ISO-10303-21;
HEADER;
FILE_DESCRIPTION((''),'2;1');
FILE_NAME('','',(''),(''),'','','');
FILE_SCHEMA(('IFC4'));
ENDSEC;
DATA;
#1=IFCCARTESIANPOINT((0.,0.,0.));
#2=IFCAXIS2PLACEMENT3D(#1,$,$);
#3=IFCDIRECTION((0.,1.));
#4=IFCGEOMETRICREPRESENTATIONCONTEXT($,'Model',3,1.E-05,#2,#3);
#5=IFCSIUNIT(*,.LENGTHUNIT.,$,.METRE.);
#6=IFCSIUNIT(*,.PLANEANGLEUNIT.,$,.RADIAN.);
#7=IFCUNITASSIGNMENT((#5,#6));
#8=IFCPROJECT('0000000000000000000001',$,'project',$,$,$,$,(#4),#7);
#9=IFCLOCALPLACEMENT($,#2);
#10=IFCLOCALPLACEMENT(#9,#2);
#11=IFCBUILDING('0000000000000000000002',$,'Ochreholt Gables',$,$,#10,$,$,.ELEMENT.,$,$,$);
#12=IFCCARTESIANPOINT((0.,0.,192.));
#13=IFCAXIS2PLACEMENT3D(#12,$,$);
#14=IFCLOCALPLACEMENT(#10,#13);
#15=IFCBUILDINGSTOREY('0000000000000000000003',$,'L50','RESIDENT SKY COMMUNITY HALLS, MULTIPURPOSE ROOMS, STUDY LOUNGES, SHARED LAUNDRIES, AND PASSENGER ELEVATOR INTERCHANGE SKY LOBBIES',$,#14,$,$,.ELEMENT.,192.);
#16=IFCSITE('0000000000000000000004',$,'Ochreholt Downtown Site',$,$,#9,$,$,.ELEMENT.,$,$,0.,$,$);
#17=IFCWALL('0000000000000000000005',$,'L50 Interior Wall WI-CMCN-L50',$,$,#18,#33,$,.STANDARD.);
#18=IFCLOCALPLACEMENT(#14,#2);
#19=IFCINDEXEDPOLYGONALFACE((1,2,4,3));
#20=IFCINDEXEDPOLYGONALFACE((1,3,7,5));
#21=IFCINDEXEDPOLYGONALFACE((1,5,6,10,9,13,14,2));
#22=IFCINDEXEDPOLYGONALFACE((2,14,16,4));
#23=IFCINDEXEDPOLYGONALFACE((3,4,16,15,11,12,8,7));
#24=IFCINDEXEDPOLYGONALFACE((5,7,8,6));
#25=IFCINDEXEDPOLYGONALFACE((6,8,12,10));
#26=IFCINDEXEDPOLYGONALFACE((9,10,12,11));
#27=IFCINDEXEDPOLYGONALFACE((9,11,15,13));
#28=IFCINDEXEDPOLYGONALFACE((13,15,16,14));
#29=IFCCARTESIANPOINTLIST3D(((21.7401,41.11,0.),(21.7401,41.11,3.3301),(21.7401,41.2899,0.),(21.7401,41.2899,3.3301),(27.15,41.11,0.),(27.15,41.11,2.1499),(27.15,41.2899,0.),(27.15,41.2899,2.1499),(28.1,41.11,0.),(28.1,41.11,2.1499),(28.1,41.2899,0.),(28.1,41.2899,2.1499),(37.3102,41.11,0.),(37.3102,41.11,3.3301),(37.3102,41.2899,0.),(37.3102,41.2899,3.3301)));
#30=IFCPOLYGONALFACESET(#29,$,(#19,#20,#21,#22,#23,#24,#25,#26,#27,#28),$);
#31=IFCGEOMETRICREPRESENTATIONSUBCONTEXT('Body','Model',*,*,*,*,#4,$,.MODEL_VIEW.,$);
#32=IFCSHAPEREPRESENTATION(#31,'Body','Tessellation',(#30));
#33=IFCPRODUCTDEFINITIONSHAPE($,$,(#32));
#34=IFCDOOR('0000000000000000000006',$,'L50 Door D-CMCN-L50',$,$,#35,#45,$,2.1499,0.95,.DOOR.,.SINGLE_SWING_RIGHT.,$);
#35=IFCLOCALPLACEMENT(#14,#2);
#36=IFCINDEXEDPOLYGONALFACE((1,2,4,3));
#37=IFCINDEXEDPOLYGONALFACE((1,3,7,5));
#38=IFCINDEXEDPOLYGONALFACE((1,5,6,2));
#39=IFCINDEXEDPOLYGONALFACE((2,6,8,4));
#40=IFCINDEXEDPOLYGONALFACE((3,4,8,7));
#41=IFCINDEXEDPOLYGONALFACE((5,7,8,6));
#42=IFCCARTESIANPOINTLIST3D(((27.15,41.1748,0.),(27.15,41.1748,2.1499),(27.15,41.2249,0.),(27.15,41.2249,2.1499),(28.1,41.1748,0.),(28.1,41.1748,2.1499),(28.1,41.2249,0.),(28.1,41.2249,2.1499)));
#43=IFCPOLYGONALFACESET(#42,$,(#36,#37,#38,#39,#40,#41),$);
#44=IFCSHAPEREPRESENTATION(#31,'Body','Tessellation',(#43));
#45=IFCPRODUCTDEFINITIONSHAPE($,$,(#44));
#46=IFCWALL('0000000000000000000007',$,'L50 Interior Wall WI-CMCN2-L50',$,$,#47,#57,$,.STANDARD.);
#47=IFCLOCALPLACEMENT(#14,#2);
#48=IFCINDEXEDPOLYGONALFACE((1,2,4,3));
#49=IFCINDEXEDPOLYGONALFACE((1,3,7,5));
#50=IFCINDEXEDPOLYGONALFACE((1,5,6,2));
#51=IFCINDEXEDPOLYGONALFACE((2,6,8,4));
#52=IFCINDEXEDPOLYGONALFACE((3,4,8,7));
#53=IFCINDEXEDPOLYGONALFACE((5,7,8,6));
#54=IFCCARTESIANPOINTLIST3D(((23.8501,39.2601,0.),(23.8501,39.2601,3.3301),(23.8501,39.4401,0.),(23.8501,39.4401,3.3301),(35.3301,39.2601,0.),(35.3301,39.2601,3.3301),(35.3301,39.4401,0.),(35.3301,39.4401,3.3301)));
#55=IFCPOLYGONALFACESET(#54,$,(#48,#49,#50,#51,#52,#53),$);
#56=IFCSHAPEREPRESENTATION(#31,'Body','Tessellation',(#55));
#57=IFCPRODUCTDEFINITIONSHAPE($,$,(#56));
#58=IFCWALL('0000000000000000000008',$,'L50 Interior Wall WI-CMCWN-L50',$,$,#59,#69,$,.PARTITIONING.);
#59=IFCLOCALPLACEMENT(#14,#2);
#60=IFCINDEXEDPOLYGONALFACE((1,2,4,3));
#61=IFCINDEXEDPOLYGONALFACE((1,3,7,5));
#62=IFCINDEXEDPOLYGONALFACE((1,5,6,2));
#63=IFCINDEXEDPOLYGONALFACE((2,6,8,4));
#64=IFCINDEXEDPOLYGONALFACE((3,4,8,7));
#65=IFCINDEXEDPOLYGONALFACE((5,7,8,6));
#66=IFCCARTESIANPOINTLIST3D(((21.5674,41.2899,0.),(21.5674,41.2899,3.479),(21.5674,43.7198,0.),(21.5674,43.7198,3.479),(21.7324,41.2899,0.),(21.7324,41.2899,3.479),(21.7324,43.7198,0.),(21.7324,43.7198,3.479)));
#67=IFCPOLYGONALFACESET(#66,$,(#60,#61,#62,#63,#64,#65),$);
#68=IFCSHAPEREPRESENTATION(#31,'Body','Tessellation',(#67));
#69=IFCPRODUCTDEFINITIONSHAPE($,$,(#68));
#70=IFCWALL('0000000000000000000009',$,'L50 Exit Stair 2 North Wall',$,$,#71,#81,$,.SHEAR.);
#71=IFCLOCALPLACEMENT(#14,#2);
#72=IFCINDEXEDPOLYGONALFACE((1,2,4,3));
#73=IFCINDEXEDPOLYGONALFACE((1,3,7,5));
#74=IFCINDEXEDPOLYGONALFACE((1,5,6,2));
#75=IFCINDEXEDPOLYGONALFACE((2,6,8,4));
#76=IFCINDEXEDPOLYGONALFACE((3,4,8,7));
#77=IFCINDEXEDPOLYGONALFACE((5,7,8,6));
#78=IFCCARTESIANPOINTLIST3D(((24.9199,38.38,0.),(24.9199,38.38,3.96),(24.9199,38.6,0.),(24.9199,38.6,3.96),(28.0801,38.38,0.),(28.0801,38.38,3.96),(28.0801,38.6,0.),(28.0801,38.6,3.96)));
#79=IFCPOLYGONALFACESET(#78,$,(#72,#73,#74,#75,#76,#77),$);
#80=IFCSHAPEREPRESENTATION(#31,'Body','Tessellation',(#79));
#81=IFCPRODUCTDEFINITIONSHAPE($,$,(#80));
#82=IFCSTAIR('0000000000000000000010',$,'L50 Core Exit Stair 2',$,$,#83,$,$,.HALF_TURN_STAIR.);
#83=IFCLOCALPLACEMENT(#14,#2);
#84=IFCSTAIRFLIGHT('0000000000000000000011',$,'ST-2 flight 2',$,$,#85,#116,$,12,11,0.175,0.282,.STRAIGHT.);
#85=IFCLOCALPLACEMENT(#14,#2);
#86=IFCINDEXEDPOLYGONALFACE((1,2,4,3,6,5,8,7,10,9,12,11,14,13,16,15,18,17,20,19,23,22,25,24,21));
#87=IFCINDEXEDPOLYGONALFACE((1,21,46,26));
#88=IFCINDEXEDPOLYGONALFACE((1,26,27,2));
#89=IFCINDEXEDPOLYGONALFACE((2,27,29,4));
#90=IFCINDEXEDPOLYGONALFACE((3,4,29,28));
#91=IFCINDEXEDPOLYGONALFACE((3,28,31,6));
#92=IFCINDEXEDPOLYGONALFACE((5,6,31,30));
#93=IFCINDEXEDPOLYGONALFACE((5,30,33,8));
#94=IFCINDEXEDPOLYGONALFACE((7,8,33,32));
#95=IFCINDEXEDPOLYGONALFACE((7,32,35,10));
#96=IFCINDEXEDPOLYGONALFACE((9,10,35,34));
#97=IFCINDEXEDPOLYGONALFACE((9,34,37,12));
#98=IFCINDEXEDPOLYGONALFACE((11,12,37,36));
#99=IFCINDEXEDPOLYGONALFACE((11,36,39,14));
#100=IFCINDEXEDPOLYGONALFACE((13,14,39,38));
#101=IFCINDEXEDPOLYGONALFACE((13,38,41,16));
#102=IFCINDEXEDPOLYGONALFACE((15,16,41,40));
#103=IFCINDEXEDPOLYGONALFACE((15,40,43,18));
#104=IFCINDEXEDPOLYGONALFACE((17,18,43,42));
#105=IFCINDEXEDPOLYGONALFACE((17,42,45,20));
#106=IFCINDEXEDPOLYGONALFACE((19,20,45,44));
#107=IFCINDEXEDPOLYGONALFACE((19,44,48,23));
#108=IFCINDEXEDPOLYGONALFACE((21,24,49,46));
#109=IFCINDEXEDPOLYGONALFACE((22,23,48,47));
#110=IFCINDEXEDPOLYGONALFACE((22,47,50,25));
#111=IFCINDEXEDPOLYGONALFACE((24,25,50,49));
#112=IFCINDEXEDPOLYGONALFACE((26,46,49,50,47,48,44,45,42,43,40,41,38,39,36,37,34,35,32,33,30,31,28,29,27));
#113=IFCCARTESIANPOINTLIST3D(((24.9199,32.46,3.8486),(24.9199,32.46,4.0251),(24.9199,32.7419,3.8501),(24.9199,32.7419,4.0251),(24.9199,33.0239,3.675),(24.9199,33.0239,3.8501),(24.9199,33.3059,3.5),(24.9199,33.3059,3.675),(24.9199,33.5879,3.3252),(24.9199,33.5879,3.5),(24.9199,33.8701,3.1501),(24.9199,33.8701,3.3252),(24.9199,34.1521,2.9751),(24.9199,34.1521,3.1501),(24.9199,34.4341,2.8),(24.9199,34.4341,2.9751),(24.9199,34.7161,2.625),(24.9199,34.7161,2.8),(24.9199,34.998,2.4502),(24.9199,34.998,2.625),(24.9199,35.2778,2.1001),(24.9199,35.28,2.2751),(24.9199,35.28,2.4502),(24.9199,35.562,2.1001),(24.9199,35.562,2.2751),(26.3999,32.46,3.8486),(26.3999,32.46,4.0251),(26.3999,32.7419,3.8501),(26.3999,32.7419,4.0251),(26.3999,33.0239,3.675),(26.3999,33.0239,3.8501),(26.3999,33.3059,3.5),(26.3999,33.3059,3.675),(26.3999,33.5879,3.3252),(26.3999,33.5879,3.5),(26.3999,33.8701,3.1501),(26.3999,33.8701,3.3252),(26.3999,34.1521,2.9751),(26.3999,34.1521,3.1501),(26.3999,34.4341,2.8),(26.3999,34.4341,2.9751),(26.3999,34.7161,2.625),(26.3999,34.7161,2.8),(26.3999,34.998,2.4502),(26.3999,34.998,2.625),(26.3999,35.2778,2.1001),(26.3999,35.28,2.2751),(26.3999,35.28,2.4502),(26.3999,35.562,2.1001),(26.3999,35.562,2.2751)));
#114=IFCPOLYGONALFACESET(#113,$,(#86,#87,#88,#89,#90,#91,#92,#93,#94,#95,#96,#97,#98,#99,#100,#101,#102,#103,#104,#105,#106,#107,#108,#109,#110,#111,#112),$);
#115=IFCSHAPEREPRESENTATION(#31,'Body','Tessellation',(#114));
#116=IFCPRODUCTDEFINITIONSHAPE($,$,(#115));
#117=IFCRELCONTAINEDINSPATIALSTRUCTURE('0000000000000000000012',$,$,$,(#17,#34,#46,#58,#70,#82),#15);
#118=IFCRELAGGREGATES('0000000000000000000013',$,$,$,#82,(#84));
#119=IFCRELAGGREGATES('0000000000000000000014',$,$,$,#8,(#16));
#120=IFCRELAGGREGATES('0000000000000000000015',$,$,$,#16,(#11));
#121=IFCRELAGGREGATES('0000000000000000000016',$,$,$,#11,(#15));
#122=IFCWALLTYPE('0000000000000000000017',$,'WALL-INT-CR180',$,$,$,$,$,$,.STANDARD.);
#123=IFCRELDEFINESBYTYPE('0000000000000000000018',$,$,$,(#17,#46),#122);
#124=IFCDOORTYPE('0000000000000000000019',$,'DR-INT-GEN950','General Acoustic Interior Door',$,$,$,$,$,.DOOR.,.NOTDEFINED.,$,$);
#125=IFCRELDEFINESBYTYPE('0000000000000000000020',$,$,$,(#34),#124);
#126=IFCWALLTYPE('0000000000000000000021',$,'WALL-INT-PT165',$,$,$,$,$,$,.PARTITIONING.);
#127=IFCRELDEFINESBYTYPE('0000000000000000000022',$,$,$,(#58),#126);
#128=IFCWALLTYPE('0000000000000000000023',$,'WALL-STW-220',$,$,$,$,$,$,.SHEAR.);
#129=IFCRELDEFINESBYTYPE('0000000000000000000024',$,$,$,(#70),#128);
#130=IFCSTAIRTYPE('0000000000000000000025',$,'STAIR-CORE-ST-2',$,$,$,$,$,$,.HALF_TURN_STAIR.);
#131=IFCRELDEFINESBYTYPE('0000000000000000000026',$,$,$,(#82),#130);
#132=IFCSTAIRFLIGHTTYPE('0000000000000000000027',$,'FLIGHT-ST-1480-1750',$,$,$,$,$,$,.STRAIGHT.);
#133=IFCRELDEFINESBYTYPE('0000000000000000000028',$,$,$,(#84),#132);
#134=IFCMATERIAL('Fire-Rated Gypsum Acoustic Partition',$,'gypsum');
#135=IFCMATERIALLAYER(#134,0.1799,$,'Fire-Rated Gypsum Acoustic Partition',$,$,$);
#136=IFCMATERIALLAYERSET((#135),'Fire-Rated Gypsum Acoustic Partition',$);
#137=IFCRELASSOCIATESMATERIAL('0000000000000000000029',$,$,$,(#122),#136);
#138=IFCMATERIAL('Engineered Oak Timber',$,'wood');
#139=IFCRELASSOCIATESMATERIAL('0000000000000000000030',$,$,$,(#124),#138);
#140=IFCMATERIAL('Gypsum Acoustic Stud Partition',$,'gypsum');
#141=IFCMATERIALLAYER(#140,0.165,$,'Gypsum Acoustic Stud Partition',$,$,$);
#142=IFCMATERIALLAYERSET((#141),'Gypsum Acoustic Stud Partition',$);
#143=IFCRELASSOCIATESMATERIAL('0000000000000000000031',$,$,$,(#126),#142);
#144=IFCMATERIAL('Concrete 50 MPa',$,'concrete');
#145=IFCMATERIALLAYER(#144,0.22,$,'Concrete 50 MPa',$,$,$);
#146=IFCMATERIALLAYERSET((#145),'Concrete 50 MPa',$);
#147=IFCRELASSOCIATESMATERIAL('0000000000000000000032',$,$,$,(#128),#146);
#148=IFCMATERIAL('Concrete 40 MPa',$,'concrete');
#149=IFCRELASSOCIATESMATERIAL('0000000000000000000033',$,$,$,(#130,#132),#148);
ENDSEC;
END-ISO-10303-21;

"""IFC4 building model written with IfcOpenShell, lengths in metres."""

from ifc_helpers import new_model, si_unit, direction, frame, frame_2d, origin, place, context, subcontext, project, spatial, polyline, rectangle, outline, extrude, material, layer, layer_set, type_object, element, fill, aggregate, save


model = new_model("IFC4")

# Units and contexts
model_context = context("Model", 3, precision=1e-05, world=origin(), true_north=direction((0.0, 1.0)))
body_context = subcontext(model_context, "Body", "Model", "MODEL_VIEW")
ifc_project = project(units=[si_unit("LENGTHUNIT", "METRE"), si_unit("PLANEANGLEUNIT", "RADIAN")], contexts=[model_context])

# Site, building, storey
site_placement = place(None, origin())
site = spatial("IfcSite", under=ifc_project, at=site_placement, Name="Ochreholt Downtown Site", CompositionType="ELEMENT", RefElevation=0.0)
building_placement = place(site_placement, origin())
building = spatial("IfcBuilding", under=site, at=building_placement, Name="Ochreholt Gables", CompositionType="ELEMENT")
storey_placement = place(building_placement, frame((0.0, 0.0, 192.0)))
storey = spatial("IfcBuildingStorey", under=building, at=storey_placement, Name="L50", Description="RESIDENT SKY COMMUNITY HALLS, MULTIPURPOSE ROOMS, STUDY LOUNGES, SHARED LAUNDRIES, AND PASSENGER ELEVATOR INTERCHANGE SKY LOBBIES", CompositionType="ELEMENT", Elevation=192.0)

# Shared definitions
ifc_material_1 = material(Name="Concrete 50 MPa", Category="concrete")

# Wall, opening, door
ifc_material_2 = material(Name="Fire-Rated Gypsum Acoustic Partition", Category="gypsum")
ifc_layer_1 = layer(ifc_material_2, 0.1799, Name="Fire-Rated Gypsum Acoustic Partition")
ifc_layer_set_1 = layer_set([ifc_layer_1], Name="Fire-Rated Gypsum Acoustic Partition")
wall_type_1 = type_object("IfcWallType", Name="WALL-INT-CR180", PredefinedType="STANDARD", material=ifc_layer_set_1)
wall_1_placement = place(storey_placement, frame((21.74, 41.2, 0.0), z_axis=(0.0, 0.0, 1.0), x_axis=(1.0, 0.0, 0.0)))
wall_1 = element("IfcWall", 1, at=wall_1_placement, inside=storey, type_object=wall_type_1, Name="L50 Interior Wall WI-CMCN-L50", PredefinedType="STANDARD", context=body_context, shape_type="SweptSolid", body=[
    extrude(rectangle(XDim=15.5701, YDim=0.1799, at=frame_2d((7.7852, 0.0))), origin(), (0.0, 0.0, 1.0), 3.3301),
])
opening_1_placement = place(wall_1_placement, frame((5.4099, 0.0, 0.0)))
opening_1 = element("IfcOpeningElement", 2, at=opening_1_placement, cuts=wall_1, PredefinedType="OPENING", context=body_context, shape_type="SweptSolid", body=[
    extrude(rectangle(XDim=0.95, YDim=2.1499, at=frame_2d((0.4751, 1.075))), frame((0.0, 0.0999, 0.0), z_axis=(0.0, -1.0, 0.0), x_axis=(1.0, 0.0, 0.0)), (0.0, 0.0, 1.0), 0.2),
])
ifc_material_3 = material(Name="Engineered Oak Timber", Category="wood")
door_type = type_object("IfcDoorType", Name="DR-INT-GEN950", Description="General Acoustic Interior Door", OperationType="NOTDEFINED", PredefinedType="DOOR", material=ifc_material_3)
door_placement = place(opening_1_placement, origin())
door = element("IfcDoor", 3, at=door_placement, inside=storey, type_object=door_type, Name="L50 Door D-CMCN-L50", OperationType="SINGLE_SWING_RIGHT", OverallHeight=2.1499, OverallWidth=0.95, PredefinedType="DOOR", context=body_context, shape_type="SweptSolid", body=[
    extrude(rectangle(XDim=0.95, YDim=2.1499, at=frame_2d((0.4751, 1.075))), frame((0.0, 0.0249, 0.0), z_axis=(0.0, -1.0, 0.0), x_axis=(1.0, 0.0, 0.0)), (0.0, 0.0, 1.0), 0.05),
])
fill(opening_1, door)

# Walls
wall_2_placement = place(storey_placement, frame((23.8501, 39.3501, 0.0), z_axis=(0.0, 0.0, 1.0), x_axis=(1.0, 0.0, 0.0)))
element("IfcWall", 4, at=wall_2_placement, inside=storey, type_object=wall_type_1, Name="L50 Interior Wall WI-CMCN2-L50", PredefinedType="STANDARD", context=body_context, shape_type="SweptSolid", body=[
    extrude(rectangle(XDim=11.48, YDim=0.1799, at=frame_2d((5.74, 0.0))), origin(), (0.0, 0.0, 1.0), 3.3301),
])
ifc_material_4 = material(Name="Gypsum Acoustic Stud Partition", Category="gypsum")
ifc_layer_2 = layer(ifc_material_4, 0.165, Name="Gypsum Acoustic Stud Partition")
ifc_layer_set_2 = layer_set([ifc_layer_2], Name="Gypsum Acoustic Stud Partition")
wall_type_2 = type_object("IfcWallType", Name="WALL-INT-PT165", PredefinedType="PARTITIONING", material=ifc_layer_set_2)
wall_3_placement = place(storey_placement, frame((21.6499, 41.29, 0.0), z_axis=(0.0, 0.0, 1.0), x_axis=(0.0, 1.0, 0.0)))
element("IfcWall", 5, at=wall_3_placement, inside=storey, type_object=wall_type_2, Name="L50 Interior Wall WI-CMCWN-L50", PredefinedType="PARTITIONING", context=body_context, shape_type="SweptSolid", body=[
    extrude(rectangle(XDim=2.4299, YDim=0.165, at=frame_2d((1.2148, 0.0))), origin(), (0.0, 0.0, 1.0), 3.479),
])
ifc_layer_3 = layer(ifc_material_1, 0.22, Name="Concrete 50 MPa")
ifc_layer_set_3 = layer_set([ifc_layer_3], Name="Concrete 50 MPa")
wall_type_3 = type_object("IfcWallType", Name="WALL-STW-220", PredefinedType="SHEAR", material=ifc_layer_set_3)
wall_4_placement = place(storey_placement, frame((24.9199, 38.49, 0.0), z_axis=(0.0, 0.0, 1.0), x_axis=(1.0, 0.0, 0.0)))
element("IfcWall", 6, at=wall_4_placement, inside=storey, type_object=wall_type_3, Name="L50 Exit Stair 2 North Wall", PredefinedType="SHEAR", context=body_context, shape_type="SweptSolid", body=[
    extrude(rectangle(XDim=3.1602, YDim=0.22, at=frame_2d((1.5801, 0.0))), origin(), (0.0, 0.0, 1.0), 3.96),
])

# Stair, stair flight
ifc_material_5 = material(Name="Concrete 40 MPa", Category="concrete")
stair_type = type_object("IfcStairType", Name="STAIR-CORE-ST-2", PredefinedType="HALF_TURN_STAIR", material=ifc_material_5)
stair_placement = place(storey_placement, origin())
stair = element("IfcStair", 7, at=stair_placement, inside=storey, type_object=stair_type, Name="L50 Core Exit Stair 2", PredefinedType="HALF_TURN_STAIR")
stair_flight_type = type_object("IfcStairFlightType", Name="FLIGHT-ST-1480-1750", PredefinedType="STRAIGHT", material=ifc_material_5)
stair_flight_placement = place(storey_placement, frame((25.6599, 35.562, 2.1001), z_axis=(0.0, 0.0, 1.0), x_axis=(0.0, -1.0, 0.0)))
stair_flight = element("IfcStairFlight", 8, at=stair_flight_placement, type_object=stair_flight_type, Name="ST-2 flight 2", NumberOfRisers=12, NumberOfTreads=11, PredefinedType="STRAIGHT", RiserHeight=0.175, TreadLength=0.282, context=body_context, shape_type="SweptSolid", body=[
    extrude(outline(polyline([(0.0, 0.0), (0.0, 0.175), (0.282, 0.175), (0.282, 0.3501), (0.564, 0.3501), (0.564, 0.5249), (0.8459, 0.5249), (0.8459, 0.7), (1.1279, 0.7), (1.1279, 0.875), (1.4099, 0.875), (1.4099, 1.05), (1.6919, 1.05), (1.6919, 1.2251), (1.9741, 1.2251), (1.9741, 1.3999), (2.2561, 1.3999), (2.2561, 1.575), (2.5381, 1.575), (2.5381, 1.75), (2.8201, 1.75), (2.8201, 1.925), (3.1021, 1.925), (3.1021, 2.1001), (3.1021, 1.7485), (0.2842, 0.0), (0.0, 0.0)])), frame((0.0, 0.74, 0.0), z_axis=(0.0, -1.0, 0.0), x_axis=(1.0, 0.0, 0.0)), (0.0, 0.0, 1.0), 1.48),
])
aggregate(stair, [stair_flight])

save(model, "model.ifc")
